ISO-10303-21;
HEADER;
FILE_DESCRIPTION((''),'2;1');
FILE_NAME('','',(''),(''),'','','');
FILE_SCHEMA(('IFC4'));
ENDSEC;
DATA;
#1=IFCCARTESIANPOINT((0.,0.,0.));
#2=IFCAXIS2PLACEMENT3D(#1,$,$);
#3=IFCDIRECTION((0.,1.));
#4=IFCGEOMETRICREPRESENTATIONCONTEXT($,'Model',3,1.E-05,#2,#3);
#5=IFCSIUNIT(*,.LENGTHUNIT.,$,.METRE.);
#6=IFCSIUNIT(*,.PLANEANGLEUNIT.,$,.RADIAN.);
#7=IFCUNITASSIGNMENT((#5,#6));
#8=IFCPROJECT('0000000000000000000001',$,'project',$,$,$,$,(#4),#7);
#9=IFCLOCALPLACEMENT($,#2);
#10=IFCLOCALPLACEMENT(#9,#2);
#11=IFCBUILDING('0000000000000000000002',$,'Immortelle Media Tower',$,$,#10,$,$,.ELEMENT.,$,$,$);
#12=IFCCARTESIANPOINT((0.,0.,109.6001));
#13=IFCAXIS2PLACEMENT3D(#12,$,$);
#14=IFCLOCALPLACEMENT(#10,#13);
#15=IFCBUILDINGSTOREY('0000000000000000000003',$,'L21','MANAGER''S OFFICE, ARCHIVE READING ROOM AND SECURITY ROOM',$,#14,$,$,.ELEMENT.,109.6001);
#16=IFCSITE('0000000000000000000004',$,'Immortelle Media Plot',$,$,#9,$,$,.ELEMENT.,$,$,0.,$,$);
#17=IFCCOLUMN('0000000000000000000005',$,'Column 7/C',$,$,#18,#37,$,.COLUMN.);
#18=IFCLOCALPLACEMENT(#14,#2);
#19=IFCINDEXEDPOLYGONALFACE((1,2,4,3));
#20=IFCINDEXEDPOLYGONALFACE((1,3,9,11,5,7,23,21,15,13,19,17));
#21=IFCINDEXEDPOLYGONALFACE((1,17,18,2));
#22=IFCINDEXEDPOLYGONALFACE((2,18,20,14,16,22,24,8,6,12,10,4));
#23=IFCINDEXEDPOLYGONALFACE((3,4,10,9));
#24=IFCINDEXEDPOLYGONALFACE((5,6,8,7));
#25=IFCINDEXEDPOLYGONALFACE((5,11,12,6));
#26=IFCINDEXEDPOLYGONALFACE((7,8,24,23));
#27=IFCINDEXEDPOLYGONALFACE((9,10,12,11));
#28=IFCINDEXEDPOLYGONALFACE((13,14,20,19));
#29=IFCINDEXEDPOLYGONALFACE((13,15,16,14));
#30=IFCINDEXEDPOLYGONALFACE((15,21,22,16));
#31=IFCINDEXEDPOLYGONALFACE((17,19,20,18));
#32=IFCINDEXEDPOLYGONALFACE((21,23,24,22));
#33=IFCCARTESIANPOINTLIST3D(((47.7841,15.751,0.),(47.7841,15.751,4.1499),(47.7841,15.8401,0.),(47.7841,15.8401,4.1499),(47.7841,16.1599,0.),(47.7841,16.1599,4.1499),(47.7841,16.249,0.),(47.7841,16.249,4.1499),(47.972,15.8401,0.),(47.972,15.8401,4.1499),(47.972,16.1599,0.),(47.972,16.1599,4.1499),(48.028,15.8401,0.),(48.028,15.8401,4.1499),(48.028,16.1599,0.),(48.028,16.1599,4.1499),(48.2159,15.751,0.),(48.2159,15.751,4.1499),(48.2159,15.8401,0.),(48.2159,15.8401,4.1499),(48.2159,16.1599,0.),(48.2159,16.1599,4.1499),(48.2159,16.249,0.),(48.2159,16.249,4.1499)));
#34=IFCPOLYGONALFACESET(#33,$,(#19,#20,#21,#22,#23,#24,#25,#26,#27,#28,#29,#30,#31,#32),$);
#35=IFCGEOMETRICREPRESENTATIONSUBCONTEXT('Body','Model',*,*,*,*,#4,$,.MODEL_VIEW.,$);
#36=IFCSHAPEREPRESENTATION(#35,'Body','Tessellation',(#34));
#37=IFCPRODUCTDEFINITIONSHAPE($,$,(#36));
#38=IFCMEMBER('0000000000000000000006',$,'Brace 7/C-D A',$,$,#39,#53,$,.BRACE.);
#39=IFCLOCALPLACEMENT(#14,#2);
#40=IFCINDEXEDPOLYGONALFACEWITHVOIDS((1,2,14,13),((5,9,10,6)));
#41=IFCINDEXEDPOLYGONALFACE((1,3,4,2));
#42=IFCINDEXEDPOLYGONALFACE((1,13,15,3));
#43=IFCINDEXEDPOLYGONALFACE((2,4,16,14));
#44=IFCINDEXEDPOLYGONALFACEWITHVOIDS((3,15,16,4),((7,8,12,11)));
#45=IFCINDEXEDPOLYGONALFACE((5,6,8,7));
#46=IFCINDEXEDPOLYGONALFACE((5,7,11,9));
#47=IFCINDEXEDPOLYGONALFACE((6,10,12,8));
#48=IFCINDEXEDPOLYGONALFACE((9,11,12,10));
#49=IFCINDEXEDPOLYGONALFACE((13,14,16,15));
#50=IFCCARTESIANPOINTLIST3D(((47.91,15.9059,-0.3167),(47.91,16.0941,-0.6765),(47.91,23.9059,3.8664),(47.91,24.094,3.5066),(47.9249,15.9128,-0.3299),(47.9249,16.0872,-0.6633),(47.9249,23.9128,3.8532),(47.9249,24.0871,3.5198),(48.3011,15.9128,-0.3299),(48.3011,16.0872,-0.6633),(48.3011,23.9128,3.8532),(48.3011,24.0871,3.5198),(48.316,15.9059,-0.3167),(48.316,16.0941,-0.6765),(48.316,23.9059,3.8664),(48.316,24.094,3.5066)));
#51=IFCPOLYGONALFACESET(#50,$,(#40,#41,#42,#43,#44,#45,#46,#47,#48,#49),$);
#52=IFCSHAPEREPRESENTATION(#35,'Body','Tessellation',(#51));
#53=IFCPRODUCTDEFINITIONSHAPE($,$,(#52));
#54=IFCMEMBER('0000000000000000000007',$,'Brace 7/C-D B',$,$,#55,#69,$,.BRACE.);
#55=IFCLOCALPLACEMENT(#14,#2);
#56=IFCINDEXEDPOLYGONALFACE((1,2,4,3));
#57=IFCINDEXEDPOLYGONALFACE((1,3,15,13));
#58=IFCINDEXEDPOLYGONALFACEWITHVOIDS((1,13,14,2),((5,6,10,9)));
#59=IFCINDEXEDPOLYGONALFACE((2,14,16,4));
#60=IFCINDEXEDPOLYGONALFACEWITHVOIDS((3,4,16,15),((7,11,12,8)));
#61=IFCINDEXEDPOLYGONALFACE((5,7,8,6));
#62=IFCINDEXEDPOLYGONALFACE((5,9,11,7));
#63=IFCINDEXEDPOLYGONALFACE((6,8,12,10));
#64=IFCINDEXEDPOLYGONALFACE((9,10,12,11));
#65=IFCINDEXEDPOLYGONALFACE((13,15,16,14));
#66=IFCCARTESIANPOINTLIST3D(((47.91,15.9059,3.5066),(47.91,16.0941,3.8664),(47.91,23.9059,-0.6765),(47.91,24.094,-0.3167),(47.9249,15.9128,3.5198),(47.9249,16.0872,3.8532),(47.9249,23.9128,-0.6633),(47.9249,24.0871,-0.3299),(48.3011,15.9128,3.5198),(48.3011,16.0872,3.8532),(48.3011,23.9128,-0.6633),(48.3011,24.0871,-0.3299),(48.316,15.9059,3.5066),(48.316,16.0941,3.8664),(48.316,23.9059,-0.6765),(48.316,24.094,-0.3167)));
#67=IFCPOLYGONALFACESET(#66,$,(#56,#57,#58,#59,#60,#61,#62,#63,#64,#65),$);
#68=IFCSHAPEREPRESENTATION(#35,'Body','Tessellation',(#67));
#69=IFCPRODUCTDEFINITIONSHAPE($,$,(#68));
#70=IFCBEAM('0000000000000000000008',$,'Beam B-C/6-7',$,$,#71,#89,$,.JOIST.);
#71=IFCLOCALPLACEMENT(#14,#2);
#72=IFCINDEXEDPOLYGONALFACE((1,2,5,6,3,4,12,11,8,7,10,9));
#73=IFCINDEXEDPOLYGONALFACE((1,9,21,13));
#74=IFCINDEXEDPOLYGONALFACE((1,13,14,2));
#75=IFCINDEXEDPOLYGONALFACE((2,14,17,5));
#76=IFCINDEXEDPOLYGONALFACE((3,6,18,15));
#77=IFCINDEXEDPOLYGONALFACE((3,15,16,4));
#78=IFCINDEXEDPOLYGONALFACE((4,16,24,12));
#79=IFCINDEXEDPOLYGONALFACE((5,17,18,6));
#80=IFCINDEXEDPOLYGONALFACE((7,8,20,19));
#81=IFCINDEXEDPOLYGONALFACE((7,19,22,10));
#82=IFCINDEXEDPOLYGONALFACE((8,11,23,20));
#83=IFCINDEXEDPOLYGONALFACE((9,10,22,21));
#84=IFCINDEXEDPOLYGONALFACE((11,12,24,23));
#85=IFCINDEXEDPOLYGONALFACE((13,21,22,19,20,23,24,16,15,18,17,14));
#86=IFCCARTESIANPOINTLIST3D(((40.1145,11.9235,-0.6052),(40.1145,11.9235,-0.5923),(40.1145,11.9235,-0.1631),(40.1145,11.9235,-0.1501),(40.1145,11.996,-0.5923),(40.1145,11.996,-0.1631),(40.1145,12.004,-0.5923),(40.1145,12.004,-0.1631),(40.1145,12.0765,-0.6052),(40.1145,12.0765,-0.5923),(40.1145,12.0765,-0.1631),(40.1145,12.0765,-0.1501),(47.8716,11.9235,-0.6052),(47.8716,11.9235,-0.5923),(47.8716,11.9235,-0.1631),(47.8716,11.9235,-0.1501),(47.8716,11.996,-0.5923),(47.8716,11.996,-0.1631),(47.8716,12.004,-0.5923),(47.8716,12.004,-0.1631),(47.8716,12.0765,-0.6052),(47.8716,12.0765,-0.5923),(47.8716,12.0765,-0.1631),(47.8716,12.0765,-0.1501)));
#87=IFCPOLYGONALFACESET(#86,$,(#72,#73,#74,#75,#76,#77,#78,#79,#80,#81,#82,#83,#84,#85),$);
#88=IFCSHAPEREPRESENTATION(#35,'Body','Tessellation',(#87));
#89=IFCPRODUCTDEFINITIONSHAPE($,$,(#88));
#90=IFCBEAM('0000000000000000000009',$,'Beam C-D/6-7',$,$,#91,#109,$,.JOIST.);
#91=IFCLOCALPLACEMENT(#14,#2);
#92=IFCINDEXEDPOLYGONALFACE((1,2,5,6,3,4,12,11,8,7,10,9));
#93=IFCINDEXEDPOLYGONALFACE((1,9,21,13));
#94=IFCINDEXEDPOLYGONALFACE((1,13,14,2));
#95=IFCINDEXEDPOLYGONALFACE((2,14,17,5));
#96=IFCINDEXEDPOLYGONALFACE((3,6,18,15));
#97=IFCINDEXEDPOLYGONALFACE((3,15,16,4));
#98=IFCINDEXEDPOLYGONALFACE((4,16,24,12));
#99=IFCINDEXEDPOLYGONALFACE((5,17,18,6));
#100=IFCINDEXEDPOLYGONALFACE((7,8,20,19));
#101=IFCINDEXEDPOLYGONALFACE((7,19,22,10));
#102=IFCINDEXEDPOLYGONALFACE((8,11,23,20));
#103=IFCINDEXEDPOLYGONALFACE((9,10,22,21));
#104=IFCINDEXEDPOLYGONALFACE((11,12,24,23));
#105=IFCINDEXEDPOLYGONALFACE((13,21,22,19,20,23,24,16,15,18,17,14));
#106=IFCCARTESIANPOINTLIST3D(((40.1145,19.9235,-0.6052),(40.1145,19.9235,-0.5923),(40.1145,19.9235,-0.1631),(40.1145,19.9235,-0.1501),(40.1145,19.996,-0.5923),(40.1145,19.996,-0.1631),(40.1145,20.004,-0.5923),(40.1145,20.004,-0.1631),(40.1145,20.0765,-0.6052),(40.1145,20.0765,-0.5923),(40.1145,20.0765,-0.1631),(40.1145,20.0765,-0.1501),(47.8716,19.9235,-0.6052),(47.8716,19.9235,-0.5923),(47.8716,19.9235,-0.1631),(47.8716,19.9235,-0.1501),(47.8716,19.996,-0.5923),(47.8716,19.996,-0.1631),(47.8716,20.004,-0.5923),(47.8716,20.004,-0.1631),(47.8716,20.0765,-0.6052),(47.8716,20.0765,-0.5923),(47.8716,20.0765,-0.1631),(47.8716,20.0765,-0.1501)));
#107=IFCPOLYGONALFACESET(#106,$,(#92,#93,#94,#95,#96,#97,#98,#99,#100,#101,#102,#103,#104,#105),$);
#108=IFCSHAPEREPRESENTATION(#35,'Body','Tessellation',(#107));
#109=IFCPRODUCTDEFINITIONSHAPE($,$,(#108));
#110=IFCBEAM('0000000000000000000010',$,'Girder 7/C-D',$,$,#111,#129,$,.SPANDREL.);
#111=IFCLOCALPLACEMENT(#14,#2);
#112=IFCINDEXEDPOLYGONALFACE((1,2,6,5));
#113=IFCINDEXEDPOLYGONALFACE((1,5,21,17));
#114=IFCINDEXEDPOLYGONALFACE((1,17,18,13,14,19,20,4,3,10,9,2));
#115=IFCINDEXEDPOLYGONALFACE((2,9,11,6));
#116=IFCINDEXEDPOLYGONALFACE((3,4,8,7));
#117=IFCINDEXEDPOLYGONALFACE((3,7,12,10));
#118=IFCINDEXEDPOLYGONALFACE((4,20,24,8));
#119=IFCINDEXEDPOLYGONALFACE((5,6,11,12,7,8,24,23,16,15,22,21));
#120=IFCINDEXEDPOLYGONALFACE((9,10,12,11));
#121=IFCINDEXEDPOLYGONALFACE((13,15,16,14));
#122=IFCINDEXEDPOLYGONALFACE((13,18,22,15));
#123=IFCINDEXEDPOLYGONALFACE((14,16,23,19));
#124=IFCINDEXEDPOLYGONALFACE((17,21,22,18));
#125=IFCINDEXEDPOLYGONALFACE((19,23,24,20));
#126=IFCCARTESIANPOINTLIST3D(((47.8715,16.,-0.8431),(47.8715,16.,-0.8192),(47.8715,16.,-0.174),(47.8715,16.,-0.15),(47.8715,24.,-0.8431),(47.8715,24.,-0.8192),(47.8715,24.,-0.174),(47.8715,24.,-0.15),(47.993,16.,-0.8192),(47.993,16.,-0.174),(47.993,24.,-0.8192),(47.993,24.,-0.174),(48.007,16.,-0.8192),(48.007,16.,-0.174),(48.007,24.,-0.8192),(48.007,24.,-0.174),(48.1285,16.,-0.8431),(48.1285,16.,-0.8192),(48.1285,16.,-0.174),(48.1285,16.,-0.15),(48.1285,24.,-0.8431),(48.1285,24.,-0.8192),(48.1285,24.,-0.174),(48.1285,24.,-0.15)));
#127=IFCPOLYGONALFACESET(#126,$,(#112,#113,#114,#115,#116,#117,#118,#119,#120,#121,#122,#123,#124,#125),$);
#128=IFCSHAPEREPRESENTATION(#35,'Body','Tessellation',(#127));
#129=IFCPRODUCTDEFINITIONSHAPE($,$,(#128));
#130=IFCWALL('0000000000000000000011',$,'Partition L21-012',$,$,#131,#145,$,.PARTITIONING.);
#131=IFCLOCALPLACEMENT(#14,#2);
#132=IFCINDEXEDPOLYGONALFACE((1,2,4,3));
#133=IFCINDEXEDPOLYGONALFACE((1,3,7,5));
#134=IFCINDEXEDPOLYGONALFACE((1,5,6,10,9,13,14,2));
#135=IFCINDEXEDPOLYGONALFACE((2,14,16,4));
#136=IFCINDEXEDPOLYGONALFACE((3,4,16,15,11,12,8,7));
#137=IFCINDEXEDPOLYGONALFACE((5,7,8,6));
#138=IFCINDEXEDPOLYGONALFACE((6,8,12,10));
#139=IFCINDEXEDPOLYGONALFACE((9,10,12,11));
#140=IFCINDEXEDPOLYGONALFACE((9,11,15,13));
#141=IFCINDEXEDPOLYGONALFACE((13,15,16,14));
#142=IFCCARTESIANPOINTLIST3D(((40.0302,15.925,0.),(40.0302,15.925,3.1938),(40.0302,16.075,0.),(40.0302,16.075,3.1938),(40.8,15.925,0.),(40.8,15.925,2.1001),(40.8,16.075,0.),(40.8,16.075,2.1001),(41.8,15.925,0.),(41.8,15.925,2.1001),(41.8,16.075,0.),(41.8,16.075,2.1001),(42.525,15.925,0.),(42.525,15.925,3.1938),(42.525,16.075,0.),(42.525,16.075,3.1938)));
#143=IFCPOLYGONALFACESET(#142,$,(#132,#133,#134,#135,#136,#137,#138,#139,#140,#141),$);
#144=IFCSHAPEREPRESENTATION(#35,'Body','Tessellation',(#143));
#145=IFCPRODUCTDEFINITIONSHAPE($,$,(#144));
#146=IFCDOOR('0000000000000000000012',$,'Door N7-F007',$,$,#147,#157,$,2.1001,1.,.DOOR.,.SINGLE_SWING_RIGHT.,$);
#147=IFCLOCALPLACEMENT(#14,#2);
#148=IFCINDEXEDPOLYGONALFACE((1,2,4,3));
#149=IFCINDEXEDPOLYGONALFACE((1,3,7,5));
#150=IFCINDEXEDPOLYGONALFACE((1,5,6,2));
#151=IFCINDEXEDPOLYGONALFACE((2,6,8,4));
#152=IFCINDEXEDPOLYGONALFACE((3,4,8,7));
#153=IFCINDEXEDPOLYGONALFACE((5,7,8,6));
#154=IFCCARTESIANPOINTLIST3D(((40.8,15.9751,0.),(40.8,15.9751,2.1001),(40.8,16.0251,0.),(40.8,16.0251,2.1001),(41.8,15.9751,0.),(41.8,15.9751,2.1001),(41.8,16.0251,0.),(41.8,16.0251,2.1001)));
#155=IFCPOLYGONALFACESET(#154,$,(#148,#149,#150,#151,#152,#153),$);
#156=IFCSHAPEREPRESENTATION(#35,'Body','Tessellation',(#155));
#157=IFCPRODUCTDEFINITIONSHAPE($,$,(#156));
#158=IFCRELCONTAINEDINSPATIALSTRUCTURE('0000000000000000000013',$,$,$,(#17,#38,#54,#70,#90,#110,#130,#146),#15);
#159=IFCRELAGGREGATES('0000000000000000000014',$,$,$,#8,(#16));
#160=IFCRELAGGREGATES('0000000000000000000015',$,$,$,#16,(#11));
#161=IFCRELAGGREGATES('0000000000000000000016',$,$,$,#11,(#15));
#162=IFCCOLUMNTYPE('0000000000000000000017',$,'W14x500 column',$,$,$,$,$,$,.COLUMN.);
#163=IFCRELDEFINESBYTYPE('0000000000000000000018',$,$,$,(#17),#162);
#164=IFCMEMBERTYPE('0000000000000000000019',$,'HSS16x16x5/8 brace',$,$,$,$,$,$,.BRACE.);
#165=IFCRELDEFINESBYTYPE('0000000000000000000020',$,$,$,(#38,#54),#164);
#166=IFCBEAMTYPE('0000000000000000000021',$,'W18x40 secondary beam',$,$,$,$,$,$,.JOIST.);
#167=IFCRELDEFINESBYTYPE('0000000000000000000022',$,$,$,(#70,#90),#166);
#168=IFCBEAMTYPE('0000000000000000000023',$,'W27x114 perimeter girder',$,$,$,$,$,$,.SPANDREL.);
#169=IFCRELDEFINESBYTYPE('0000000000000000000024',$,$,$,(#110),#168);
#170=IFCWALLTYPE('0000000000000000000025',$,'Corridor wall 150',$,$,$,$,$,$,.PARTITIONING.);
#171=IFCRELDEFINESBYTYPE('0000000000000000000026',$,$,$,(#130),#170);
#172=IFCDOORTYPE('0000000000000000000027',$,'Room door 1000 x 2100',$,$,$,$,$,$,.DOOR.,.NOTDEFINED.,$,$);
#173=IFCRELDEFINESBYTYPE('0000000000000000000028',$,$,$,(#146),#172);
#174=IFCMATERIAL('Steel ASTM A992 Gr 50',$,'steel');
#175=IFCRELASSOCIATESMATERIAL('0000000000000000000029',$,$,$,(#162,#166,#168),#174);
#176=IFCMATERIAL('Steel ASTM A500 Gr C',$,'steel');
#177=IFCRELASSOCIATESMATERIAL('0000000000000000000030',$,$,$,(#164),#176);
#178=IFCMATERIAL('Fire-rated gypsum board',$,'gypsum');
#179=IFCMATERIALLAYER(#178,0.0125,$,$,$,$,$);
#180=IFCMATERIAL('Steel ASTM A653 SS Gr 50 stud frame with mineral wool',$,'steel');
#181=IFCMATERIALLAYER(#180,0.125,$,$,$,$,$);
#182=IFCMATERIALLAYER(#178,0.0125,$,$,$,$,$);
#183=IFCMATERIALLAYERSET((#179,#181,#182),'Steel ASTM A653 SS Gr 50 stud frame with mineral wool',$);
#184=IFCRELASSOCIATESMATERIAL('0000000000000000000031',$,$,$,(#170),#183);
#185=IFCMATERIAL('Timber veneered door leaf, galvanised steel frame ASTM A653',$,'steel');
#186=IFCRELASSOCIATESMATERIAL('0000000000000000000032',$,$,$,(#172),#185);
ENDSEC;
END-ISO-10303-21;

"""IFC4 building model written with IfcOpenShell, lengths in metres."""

from ifc_helpers import new_model, si_unit, direction, frame, frame_2d, origin, origin_2d, place, context, subcontext, project, spatial, rectangle, hollow_rectangle, i_section, extrude, material, layer, layer_set, material_profile, profile_set, type_object, element, fill, save


model = new_model("IFC4")

# Units and contexts
model_context = context("Model", 3, precision=1e-05, world=origin(), true_north=direction((0.0, 1.0)))
body_context = subcontext(model_context, "Body", "Model", "MODEL_VIEW")
ifc_project = project(units=[si_unit("LENGTHUNIT", "METRE"), si_unit("PLANEANGLEUNIT", "RADIAN")], contexts=[model_context])

# Site, building, storey
site_placement = place(None, origin())
site = spatial("IfcSite", under=ifc_project, at=site_placement, Name="Immortelle Media Plot", CompositionType="ELEMENT", RefElevation=0.0)
building_placement = place(site_placement, origin())
building = spatial("IfcBuilding", under=site, at=building_placement, Name="Immortelle Media Tower", CompositionType="ELEMENT")
storey_placement = place(building_placement, frame((0.0, 0.0, 109.6001)))
storey = spatial("IfcBuildingStorey", under=building, at=storey_placement, Name="L21", Description="MANAGER'S OFFICE, ARCHIVE READING ROOM AND SECURITY ROOM", CompositionType="ELEMENT", Elevation=109.6001)

# Column
ifc_material_1 = material(Name="Steel ASTM A992 Gr 50", Category="steel")
ifc_material_profile_1 = material_profile(ifc_material_1, i_section(OverallWidth=0.4319, OverallDepth=0.498, WebThickness=0.0559, FlangeThickness=0.0891, at=origin_2d()), Name="W14x500")
ifc_profile_set_1 = profile_set([ifc_material_profile_1], Name="Steel ASTM A992 Gr 50")
column_type = type_object("IfcColumnType", Name="W14x500 column", PredefinedType="COLUMN", material=ifc_profile_set_1)
column_placement = place(storey_placement, frame((48.0, 16.0, 0.0), z_axis=(0.0, 0.0, 1.0), x_axis=(1.0, 0.0, 0.0)))
element("IfcColumn", 1, at=column_placement, inside=storey, type_object=column_type, Name="Column 7/C", PredefinedType="COLUMN", context=body_context, shape_type="SweptSolid", body=[
    extrude(i_section(OverallWidth=0.4319, OverallDepth=0.498, WebThickness=0.0559, FlangeThickness=0.0891, at=origin_2d()), origin(), (0.0, 0.0, 1.0), 4.1499),
])

# Members
ifc_material_2 = material(Name="Steel ASTM A500 Gr C", Category="steel")
ifc_material_profile_2 = material_profile(ifc_material_2, hollow_rectangle(XDim=0.406, YDim=0.406, WallThickness=0.0149, at=origin_2d()), Name="HSS16x16x5/8 brace")
ifc_profile_set_2 = profile_set([ifc_material_profile_2], Name="Steel ASTM A500 Gr C")
member_type = type_object("IfcMemberType", Name="HSS16x16x5/8 brace", PredefinedType="BRACE", material=ifc_profile_set_2)
for number, where, z_axis, x_axis, name in (
    (2, (48.113, 16.0, -0.4966), (0.0, 0.886167, 0.463366), (-1.0, 0.0, 0.0), "Brace 7/C-D A"),
    (3, (48.113, 16.0, 3.6865), (0.0, 0.886167, -0.463366), (-1.0, 0.0, 0.0), "Brace 7/C-D B"),
):
    element("IfcMember", number, at=place(storey_placement, frame(where, z_axis=z_axis, x_axis=x_axis)), inside=storey, type_object=member_type, Name=name, PredefinedType="BRACE", context=body_context, shape_type="SweptSolid", body=[
        extrude(hollow_rectangle(XDim=0.406, YDim=0.406, WallThickness=0.0149, at=origin_2d()), origin(), (0.0, 0.0, 1.0), 9.0276),
    ])

# Beams
ifc_material_profile_3 = material_profile(ifc_material_1, i_section(OverallWidth=0.1531, OverallDepth=0.4551, WebThickness=0.0081, FlangeThickness=0.0129, at=origin_2d()), Name="W18x40")
ifc_profile_set_3 = profile_set([ifc_material_profile_3], Name="Steel ASTM A992 Gr 50")
beam_type_1 = type_object("IfcBeamType", Name="W18x40 secondary beam", PredefinedType="JOIST", material=ifc_profile_set_3)
for number, where, z_axis, x_axis, name in (
    (4, (40.1145, 12.0, -0.3777), (1.0, 0.0, 0.0), (0.0, 1.0, 0.0), "Beam B-C/6-7"),
    (5, (40.1145, 20.0, -0.3777), (1.0, 0.0, 0.0), (0.0, 1.0, 0.0), "Beam C-D/6-7"),
):
    element("IfcBeam", number, at=place(storey_placement, frame(where, z_axis=z_axis, x_axis=x_axis)), inside=storey, type_object=beam_type_1, Name=name, PredefinedType="JOIST", context=body_context, shape_type="SweptSolid", body=[
        extrude(i_section(OverallWidth=0.1531, OverallDepth=0.4551, WebThickness=0.0081, FlangeThickness=0.0129, at=origin_2d()), origin(), (0.0, 0.0, 1.0), 7.7571),
    ])
ifc_material_profile_4 = material_profile(ifc_material_1, i_section(OverallWidth=0.2571, OverallDepth=0.6931, WebThickness=0.0139, FlangeThickness=0.0239, at=origin_2d()), Name="W27x114")
ifc_profile_set_4 = profile_set([ifc_material_profile_4], Name="Steel ASTM A992 Gr 50")
beam_type_2 = type_object("IfcBeamType", Name="W27x114 perimeter girder", PredefinedType="SPANDREL", material=ifc_profile_set_4)
beam_placement = place(storey_placement, frame((48.0, 16.0, -0.4966), z_axis=(0.0, 1.0, 0.0), x_axis=(-1.0, 0.0, 0.0)))
element("IfcBeam", 6, at=beam_placement, inside=storey, type_object=beam_type_2, Name="Girder 7/C-D", PredefinedType="SPANDREL", context=body_context, shape_type="SweptSolid", body=[
    extrude(i_section(OverallWidth=0.2571, OverallDepth=0.6931, WebThickness=0.0139, FlangeThickness=0.0239, at=origin_2d()), origin(), (0.0, 0.0, 1.0), 8.0),
])

# Wall, opening, door
ifc_material_3 = material(Name="Fire-rated gypsum board", Category="gypsum")
ifc_layer_1 = layer(ifc_material_3, 0.0125)
ifc_material_4 = material(Name="Steel ASTM A653 SS Gr 50 stud frame with mineral wool", Category="steel")
ifc_layer_2 = layer(ifc_material_4, 0.125)
ifc_layer_3 = layer(ifc_material_3, 0.0125)
ifc_layer_set_1 = layer_set([ifc_layer_1, ifc_layer_2, ifc_layer_3], Name="Steel ASTM A653 SS Gr 50 stud frame with mineral wool")
wall_type_1 = type_object("IfcWallType", Name="Corridor wall 150", PredefinedType="PARTITIONING", material=ifc_layer_set_1)
wall_1_placement = place(storey_placement, frame((40.03, 16.0, 0.0), z_axis=(0.0, 0.0, 1.0), x_axis=(1.0, 0.0, 0.0)))
wall_1 = element("IfcWall", 7, at=wall_1_placement, inside=storey, type_object=wall_type_1, Name="Partition L21-012", PredefinedType="PARTITIONING", context=body_context, shape_type="SweptSolid", body=[
    extrude(rectangle(XDim=2.4949, YDim=0.1499, at=frame_2d((1.2476, 0.0))), origin(), (0.0, 0.0, 1.0), 3.1938),
])
opening_1_placement = place(wall_1_placement, frame((1.77, 0.0, 0.0), z_axis=(0.0, 0.0, 1.0), x_axis=(-1.0, 0.0, 0.0)))
opening_1 = element("IfcOpeningElement", 8, at=opening_1_placement, cuts=wall_1, PredefinedType="OPENING", context=body_context, shape_type="SweptSolid", body=[
    extrude(rectangle(XDim=1.0, YDim=2.1001, at=frame_2d((0.5, 1.05))), frame((0.0, 0.085, 0.0), z_axis=(0.0, -1.0, 0.0), x_axis=(1.0, 0.0, 0.0)), (0.0, 0.0, 1.0), 0.1699),
])
ifc_material_5 = material(Name="Timber veneered door leaf, galvanised steel frame ASTM A653", Category="steel")
door_type = type_object("IfcDoorType", Name="Room door 1000 x 2100", OperationType="NOTDEFINED", PredefinedType="DOOR", material=ifc_material_5)
door_1_placement = place(opening_1_placement, origin())
door_1 = element("IfcDoor", 9, at=door_1_placement, inside=storey, type_object=door_type, Name="Door N7-F007", OperationType="SINGLE_SWING_RIGHT", OverallHeight=2.1001, OverallWidth=1.0, PredefinedType="DOOR", context=body_context, shape_type="SweptSolid", body=[
    extrude(rectangle(XDim=1.0, YDim=2.1001, at=frame_2d((0.5, 1.05))), frame((0.0, 0.0249, 0.0), z_axis=(0.0, -1.0, 0.0), x_axis=(1.0, 0.0, 0.0)), (0.0, 0.0, 1.0), 0.05),
])
fill(opening_1, door_1)

save(model, "model.ifc")
